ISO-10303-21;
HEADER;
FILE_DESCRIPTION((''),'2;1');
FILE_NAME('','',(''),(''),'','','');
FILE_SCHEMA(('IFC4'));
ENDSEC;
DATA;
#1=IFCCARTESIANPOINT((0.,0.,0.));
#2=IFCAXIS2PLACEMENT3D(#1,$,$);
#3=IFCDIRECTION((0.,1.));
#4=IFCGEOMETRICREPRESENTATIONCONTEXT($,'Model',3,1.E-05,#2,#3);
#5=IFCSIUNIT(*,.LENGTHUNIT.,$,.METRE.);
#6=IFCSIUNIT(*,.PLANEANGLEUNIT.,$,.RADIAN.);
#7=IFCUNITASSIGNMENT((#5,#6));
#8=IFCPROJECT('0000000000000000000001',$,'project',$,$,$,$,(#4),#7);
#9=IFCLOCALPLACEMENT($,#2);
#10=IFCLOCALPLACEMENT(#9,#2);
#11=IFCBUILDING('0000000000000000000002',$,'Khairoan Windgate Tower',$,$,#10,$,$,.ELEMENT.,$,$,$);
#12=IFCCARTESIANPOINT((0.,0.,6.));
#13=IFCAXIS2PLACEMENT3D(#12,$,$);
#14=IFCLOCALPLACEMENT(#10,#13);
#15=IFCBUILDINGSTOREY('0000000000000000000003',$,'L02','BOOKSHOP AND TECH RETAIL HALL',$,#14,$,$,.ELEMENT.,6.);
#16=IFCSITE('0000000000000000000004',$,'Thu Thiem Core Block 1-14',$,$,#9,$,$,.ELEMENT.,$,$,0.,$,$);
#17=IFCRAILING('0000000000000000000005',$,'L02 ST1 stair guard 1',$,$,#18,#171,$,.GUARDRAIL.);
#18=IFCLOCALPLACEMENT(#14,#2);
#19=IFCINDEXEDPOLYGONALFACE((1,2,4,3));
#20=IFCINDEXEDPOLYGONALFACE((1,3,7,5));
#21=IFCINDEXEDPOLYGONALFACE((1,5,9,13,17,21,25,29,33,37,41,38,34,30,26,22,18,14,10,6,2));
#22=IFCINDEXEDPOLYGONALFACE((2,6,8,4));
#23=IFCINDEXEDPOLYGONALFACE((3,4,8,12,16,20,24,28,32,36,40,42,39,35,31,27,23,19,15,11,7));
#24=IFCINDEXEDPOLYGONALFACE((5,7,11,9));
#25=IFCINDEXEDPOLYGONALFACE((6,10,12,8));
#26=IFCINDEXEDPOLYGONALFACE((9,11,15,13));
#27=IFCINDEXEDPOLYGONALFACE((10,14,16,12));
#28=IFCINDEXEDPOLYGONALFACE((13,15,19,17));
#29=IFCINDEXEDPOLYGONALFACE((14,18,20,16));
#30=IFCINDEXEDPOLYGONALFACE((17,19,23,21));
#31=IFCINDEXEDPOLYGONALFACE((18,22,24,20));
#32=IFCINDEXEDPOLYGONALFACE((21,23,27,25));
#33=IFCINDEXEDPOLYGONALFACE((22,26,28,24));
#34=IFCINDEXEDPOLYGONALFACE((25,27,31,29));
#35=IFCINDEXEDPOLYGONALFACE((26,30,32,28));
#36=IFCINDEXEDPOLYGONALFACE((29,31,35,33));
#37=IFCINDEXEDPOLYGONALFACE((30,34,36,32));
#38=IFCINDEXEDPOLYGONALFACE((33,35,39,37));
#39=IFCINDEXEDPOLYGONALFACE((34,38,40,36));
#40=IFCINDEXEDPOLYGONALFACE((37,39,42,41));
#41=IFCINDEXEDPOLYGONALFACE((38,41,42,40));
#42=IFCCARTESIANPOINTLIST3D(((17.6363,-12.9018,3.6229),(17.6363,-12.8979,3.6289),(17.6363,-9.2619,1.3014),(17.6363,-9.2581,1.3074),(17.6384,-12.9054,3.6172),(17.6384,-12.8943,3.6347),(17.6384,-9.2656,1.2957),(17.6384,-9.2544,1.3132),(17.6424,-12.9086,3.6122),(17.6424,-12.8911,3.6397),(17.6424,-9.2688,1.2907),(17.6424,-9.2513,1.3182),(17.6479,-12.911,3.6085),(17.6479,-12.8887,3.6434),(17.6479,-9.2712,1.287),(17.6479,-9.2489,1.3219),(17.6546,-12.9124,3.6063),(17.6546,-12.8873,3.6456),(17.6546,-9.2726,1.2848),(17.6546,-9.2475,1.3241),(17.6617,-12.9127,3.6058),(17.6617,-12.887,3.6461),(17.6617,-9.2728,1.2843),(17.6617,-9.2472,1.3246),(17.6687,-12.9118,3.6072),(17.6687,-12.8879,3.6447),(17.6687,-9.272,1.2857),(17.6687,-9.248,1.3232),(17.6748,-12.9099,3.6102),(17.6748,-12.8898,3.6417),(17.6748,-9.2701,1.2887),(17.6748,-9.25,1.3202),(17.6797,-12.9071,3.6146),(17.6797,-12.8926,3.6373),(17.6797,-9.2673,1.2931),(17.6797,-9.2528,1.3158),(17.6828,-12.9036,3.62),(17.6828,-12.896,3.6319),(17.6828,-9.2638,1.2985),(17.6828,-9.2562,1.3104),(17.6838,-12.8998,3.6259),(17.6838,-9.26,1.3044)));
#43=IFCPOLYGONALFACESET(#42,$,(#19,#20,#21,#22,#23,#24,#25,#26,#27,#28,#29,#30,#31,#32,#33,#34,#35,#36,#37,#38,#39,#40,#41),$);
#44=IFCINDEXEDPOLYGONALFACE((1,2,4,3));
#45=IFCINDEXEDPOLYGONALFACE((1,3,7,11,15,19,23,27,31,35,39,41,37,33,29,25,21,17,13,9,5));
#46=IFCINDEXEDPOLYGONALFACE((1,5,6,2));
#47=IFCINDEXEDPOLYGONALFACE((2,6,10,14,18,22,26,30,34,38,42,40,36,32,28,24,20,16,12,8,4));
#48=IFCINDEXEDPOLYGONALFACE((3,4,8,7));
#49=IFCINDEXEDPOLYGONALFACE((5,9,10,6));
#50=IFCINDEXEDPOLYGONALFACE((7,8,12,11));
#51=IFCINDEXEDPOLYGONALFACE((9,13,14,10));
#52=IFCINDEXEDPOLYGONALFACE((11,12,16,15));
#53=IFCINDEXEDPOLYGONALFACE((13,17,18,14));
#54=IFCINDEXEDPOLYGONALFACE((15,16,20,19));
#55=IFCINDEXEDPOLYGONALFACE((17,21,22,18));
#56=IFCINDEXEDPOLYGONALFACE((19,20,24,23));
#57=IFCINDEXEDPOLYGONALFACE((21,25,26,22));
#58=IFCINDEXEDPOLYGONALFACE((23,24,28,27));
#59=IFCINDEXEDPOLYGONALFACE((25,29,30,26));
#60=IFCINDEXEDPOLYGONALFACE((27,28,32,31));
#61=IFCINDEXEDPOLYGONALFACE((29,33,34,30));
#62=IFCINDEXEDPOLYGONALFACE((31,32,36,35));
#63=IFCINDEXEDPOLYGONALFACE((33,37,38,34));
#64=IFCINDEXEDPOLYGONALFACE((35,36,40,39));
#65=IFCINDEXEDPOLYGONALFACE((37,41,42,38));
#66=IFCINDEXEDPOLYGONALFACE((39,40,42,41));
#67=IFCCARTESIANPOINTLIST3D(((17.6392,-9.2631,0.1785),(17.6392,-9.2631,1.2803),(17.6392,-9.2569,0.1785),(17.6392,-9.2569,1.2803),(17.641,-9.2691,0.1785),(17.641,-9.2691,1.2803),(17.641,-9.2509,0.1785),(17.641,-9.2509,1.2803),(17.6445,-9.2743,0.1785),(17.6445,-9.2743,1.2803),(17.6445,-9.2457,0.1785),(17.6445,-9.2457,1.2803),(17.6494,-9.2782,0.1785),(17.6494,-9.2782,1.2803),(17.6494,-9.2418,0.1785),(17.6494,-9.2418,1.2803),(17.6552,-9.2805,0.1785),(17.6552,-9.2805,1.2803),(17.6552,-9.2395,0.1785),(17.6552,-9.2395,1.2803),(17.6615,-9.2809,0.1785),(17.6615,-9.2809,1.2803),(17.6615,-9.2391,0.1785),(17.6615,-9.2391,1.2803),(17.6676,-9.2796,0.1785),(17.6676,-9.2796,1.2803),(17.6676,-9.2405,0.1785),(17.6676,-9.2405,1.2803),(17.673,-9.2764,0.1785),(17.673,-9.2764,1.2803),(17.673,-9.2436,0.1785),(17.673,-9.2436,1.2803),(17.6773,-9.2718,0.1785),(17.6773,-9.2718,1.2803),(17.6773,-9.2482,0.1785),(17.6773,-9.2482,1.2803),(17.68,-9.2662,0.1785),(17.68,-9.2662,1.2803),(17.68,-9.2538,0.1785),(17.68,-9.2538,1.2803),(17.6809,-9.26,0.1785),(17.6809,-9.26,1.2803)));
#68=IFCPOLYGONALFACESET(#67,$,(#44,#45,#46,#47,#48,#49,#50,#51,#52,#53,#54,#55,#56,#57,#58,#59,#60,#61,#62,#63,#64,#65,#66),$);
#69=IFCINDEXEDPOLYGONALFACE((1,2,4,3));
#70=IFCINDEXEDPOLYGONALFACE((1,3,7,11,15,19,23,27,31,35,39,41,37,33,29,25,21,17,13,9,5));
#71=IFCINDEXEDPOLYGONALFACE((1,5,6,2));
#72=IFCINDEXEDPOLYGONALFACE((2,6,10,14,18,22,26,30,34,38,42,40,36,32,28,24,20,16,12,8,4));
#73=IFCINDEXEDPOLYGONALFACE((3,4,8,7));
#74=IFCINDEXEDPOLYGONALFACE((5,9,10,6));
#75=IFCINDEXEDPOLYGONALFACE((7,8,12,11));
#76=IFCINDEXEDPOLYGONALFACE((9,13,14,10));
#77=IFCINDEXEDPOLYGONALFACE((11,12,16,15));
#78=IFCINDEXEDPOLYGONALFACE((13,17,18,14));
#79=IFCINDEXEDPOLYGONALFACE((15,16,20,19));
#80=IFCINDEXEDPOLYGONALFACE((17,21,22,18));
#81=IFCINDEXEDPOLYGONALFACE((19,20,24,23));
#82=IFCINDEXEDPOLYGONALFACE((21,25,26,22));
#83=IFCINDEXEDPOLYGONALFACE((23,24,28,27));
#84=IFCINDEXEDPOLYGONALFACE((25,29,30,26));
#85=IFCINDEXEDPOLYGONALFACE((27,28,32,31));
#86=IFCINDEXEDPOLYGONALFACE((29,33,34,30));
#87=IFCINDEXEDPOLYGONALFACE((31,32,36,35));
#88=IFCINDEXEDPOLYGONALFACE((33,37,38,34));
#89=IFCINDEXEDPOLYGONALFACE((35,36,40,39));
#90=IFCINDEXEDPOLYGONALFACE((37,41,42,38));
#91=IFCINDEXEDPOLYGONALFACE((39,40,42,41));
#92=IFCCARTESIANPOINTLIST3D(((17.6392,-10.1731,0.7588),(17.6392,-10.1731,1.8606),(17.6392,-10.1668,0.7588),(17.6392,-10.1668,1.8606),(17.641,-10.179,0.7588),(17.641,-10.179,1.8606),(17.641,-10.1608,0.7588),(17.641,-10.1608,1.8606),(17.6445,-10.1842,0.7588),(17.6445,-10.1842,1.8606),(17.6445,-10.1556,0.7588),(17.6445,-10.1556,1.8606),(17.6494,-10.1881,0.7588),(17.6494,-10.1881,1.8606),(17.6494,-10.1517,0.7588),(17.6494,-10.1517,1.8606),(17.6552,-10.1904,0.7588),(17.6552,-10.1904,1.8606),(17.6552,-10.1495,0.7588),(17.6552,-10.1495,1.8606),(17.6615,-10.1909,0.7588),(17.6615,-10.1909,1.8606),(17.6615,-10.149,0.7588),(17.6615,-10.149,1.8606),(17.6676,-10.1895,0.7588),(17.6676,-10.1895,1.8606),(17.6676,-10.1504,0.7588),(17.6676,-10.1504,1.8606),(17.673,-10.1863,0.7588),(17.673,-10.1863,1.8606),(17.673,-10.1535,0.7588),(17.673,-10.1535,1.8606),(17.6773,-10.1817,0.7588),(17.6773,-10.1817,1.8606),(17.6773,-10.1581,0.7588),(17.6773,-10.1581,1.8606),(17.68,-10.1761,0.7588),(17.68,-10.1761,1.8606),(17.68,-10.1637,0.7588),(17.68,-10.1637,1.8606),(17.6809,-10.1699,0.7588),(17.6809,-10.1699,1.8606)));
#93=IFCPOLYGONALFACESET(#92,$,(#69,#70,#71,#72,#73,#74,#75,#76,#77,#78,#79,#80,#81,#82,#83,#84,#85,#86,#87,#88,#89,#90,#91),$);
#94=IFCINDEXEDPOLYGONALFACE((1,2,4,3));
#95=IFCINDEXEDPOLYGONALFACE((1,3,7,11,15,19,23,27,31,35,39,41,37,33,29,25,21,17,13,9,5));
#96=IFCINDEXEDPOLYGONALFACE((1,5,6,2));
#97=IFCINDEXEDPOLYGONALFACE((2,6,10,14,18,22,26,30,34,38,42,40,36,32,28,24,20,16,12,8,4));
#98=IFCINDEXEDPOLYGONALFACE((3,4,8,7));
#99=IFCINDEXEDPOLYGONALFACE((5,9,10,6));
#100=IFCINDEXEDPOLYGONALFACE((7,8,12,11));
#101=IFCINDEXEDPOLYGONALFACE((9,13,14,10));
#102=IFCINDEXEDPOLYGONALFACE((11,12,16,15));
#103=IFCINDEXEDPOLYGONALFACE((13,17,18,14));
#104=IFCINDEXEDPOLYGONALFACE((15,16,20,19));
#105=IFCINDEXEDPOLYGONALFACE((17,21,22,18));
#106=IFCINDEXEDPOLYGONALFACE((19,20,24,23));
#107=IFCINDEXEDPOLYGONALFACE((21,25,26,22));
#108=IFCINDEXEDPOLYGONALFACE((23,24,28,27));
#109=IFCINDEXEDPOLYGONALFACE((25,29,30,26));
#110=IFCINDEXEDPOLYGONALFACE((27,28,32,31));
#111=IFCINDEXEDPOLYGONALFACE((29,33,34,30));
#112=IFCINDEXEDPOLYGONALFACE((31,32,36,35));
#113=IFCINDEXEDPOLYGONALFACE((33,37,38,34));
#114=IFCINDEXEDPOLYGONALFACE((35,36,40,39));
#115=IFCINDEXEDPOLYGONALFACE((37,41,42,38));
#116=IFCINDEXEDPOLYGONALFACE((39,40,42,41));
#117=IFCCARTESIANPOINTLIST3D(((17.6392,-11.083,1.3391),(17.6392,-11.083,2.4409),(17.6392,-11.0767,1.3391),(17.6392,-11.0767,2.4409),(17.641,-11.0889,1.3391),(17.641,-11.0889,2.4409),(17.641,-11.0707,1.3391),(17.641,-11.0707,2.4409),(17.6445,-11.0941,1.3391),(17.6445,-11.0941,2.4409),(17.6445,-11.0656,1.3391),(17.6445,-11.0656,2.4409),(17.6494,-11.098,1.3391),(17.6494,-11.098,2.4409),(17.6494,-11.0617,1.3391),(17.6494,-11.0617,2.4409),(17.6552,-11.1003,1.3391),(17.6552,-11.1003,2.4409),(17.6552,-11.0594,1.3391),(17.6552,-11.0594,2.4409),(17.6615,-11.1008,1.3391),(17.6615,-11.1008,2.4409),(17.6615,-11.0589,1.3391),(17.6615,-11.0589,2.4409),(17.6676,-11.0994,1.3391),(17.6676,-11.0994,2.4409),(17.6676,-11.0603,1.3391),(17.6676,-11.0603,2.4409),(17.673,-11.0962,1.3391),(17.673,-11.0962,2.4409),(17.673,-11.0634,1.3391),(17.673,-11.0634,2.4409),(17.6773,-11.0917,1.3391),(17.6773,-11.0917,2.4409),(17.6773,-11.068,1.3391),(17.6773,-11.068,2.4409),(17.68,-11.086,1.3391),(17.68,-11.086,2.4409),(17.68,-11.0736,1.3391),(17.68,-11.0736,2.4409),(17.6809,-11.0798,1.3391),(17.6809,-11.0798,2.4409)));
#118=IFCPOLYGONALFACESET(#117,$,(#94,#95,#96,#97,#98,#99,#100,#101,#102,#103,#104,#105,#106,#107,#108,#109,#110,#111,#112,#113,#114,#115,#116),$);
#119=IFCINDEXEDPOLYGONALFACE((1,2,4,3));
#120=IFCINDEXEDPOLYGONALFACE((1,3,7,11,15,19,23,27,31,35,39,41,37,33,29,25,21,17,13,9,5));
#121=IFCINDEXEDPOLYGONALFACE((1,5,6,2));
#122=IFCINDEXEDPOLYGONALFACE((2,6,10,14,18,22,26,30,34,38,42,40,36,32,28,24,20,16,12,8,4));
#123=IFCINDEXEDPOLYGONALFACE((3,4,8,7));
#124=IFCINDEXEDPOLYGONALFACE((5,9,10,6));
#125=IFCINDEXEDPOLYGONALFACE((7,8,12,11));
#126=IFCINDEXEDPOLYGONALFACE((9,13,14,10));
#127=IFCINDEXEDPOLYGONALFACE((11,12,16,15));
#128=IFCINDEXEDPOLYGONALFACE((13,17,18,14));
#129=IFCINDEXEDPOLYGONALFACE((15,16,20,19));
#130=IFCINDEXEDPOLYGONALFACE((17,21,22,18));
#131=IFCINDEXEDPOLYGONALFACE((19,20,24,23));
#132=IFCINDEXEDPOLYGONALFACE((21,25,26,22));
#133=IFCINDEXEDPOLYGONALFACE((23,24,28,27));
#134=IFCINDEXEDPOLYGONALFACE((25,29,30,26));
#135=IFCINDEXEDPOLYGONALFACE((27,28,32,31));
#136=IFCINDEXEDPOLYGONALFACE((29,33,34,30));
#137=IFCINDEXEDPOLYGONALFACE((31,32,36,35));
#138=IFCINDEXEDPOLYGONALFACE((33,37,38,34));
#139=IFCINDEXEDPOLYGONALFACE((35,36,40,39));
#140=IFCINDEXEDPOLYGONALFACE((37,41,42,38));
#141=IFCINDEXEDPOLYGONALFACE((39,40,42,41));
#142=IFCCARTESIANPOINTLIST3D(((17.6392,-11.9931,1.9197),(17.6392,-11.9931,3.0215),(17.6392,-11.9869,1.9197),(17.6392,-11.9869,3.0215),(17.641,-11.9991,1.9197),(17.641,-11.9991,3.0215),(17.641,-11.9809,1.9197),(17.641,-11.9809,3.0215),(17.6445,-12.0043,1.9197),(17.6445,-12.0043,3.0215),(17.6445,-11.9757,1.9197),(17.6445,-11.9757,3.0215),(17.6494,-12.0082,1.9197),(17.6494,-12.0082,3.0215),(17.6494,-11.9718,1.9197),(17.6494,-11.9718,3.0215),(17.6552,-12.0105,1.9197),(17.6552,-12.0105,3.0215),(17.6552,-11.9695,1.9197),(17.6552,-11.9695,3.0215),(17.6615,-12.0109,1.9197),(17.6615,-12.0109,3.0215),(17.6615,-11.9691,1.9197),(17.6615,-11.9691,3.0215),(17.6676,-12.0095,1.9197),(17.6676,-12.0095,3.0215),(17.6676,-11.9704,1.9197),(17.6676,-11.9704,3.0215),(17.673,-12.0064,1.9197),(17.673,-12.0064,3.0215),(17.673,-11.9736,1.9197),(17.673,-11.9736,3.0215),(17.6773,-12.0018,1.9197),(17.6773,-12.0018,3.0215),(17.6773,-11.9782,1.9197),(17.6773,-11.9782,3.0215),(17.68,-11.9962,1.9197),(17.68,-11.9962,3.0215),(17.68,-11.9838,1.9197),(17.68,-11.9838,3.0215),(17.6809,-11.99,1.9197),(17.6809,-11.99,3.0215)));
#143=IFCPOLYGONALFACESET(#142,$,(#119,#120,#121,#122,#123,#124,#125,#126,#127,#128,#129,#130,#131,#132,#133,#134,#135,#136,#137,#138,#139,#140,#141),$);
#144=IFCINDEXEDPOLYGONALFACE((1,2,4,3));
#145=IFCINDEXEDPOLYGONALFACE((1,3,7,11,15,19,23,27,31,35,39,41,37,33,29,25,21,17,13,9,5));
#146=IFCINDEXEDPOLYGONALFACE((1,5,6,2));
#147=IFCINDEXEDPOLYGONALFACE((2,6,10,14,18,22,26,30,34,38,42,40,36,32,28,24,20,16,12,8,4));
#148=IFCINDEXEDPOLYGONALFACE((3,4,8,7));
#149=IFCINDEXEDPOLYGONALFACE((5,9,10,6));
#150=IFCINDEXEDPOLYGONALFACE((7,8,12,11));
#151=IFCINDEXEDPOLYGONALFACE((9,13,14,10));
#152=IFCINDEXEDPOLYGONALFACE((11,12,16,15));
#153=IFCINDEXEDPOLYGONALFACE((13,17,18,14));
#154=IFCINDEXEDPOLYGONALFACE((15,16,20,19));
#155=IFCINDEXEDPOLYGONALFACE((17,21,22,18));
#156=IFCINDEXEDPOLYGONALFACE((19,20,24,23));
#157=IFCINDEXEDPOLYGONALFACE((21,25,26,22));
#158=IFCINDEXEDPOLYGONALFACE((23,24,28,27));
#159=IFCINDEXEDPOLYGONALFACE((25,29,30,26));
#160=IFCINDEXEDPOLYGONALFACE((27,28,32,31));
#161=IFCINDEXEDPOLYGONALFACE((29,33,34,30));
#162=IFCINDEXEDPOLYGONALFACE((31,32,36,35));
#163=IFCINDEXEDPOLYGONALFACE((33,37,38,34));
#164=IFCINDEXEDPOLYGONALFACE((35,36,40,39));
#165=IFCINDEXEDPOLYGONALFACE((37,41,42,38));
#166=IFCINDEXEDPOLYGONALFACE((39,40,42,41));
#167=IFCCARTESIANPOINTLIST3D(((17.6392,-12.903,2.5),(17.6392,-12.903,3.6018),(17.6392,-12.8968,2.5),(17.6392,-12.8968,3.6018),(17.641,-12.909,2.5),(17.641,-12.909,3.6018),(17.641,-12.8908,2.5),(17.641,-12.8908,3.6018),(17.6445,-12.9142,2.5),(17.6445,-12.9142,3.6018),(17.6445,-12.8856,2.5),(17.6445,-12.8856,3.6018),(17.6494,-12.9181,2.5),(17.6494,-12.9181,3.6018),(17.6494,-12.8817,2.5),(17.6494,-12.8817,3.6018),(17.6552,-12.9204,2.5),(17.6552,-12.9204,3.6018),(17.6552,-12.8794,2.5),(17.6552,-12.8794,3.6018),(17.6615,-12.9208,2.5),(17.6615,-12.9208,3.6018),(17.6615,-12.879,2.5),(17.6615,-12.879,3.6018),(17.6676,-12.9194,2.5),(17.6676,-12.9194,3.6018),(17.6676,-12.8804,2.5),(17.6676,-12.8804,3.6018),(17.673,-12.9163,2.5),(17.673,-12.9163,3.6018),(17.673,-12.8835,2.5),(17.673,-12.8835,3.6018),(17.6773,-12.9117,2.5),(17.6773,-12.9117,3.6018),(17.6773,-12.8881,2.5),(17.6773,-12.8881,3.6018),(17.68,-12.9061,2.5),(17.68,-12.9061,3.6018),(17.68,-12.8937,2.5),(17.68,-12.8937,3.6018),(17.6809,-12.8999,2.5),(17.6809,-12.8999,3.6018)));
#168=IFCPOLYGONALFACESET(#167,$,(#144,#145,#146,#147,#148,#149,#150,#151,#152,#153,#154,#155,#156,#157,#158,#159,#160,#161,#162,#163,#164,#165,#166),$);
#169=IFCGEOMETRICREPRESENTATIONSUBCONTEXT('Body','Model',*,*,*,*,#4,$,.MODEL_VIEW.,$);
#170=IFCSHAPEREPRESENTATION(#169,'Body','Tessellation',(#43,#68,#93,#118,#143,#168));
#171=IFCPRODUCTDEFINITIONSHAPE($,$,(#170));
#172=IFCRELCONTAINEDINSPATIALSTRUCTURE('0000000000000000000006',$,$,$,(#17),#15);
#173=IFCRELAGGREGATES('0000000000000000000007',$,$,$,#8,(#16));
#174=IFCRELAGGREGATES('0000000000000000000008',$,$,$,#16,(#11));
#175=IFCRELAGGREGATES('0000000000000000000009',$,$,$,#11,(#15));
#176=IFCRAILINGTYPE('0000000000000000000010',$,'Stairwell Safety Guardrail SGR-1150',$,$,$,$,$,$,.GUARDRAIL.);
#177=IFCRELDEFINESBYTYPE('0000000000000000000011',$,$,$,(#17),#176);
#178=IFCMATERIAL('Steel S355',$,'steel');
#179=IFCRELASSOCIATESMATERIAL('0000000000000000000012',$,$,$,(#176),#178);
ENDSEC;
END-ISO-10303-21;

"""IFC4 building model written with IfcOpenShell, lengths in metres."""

from ifc_helpers import new_model, si_unit, direction, frame, origin, origin_2d, place, context, subcontext, project, spatial, circle, extrude, material, type_object, element, save


model = new_model("IFC4")

# Units and contexts
model_context = context("Model", 3, precision=1e-05, world=origin(), true_north=direction((0.0, 1.0)))
body_context = subcontext(model_context, "Body", "Model", "MODEL_VIEW")
ifc_project = project(units=[si_unit("LENGTHUNIT", "METRE"), si_unit("PLANEANGLEUNIT", "RADIAN")], contexts=[model_context])

# Site, building, storey
site_placement = place(None, origin())
site = spatial("IfcSite", under=ifc_project, at=site_placement, Name="Thu Thiem Core Block 1-14", CompositionType="ELEMENT", RefElevation=0.0)
building_placement = place(site_placement, origin())
building = spatial("IfcBuilding", under=site, at=building_placement, Name="Khairoan Windgate Tower", CompositionType="ELEMENT")
storey_placement = place(building_placement, frame((0.0, 0.0, 6.0)))
storey = spatial("IfcBuildingStorey", under=building, at=storey_placement, Name="L02", Description="BOOKSHOP AND TECH RETAIL HALL", CompositionType="ELEMENT", Elevation=6.0)

# Railing
ifc_material_1 = material(Name="Steel S355", Category="steel")
railing_type_1 = type_object("IfcRailingType", Name="Stairwell Safety Guardrail SGR-1150", PredefinedType="GUARDRAIL", material=ifc_material_1)
railing_1_placement = place(storey_placement, frame((17.6599, -9.26, 0.1785)))
element("IfcRailing", 1, at=railing_1_placement, inside=storey, type_object=railing_type_1, Name="L02 ST1 stair guard 1", PredefinedType="GUARDRAIL", context=body_context, shape_type="SweptSolid", body=[
    extrude(circle(Radius=0.0239, at=origin_2d()), frame((0.0, 0.0, 1.126), z_axis=(0.0, -0.843112, 0.537739), x_axis=(1.0, 0.0, 0.0)), (0.0, 0.0, 1.0), 4.3171),
    extrude(circle(Radius=0.021, at=origin_2d()), origin(), (0.0, 0.0, 1.0), 1.1018),
    extrude(circle(Radius=0.021, at=origin_2d()), frame((0.0, -0.9099, 0.5803)), (0.0, 0.0, 1.0), 1.1018),
    extrude(circle(Radius=0.021, at=origin_2d()), frame((0.0, -1.8198, 1.1606)), (0.0, 0.0, 1.0), 1.1018),
    extrude(circle(Radius=0.021, at=origin_2d()), frame((0.0, -2.73, 1.7412)), (0.0, 0.0, 1.0), 1.1018),
    extrude(circle(Radius=0.021, at=origin_2d()), frame((0.0, -3.6399, 2.3215)), (0.0, 0.0, 1.0), 1.1018),
])

save(model, "model.ifc")
